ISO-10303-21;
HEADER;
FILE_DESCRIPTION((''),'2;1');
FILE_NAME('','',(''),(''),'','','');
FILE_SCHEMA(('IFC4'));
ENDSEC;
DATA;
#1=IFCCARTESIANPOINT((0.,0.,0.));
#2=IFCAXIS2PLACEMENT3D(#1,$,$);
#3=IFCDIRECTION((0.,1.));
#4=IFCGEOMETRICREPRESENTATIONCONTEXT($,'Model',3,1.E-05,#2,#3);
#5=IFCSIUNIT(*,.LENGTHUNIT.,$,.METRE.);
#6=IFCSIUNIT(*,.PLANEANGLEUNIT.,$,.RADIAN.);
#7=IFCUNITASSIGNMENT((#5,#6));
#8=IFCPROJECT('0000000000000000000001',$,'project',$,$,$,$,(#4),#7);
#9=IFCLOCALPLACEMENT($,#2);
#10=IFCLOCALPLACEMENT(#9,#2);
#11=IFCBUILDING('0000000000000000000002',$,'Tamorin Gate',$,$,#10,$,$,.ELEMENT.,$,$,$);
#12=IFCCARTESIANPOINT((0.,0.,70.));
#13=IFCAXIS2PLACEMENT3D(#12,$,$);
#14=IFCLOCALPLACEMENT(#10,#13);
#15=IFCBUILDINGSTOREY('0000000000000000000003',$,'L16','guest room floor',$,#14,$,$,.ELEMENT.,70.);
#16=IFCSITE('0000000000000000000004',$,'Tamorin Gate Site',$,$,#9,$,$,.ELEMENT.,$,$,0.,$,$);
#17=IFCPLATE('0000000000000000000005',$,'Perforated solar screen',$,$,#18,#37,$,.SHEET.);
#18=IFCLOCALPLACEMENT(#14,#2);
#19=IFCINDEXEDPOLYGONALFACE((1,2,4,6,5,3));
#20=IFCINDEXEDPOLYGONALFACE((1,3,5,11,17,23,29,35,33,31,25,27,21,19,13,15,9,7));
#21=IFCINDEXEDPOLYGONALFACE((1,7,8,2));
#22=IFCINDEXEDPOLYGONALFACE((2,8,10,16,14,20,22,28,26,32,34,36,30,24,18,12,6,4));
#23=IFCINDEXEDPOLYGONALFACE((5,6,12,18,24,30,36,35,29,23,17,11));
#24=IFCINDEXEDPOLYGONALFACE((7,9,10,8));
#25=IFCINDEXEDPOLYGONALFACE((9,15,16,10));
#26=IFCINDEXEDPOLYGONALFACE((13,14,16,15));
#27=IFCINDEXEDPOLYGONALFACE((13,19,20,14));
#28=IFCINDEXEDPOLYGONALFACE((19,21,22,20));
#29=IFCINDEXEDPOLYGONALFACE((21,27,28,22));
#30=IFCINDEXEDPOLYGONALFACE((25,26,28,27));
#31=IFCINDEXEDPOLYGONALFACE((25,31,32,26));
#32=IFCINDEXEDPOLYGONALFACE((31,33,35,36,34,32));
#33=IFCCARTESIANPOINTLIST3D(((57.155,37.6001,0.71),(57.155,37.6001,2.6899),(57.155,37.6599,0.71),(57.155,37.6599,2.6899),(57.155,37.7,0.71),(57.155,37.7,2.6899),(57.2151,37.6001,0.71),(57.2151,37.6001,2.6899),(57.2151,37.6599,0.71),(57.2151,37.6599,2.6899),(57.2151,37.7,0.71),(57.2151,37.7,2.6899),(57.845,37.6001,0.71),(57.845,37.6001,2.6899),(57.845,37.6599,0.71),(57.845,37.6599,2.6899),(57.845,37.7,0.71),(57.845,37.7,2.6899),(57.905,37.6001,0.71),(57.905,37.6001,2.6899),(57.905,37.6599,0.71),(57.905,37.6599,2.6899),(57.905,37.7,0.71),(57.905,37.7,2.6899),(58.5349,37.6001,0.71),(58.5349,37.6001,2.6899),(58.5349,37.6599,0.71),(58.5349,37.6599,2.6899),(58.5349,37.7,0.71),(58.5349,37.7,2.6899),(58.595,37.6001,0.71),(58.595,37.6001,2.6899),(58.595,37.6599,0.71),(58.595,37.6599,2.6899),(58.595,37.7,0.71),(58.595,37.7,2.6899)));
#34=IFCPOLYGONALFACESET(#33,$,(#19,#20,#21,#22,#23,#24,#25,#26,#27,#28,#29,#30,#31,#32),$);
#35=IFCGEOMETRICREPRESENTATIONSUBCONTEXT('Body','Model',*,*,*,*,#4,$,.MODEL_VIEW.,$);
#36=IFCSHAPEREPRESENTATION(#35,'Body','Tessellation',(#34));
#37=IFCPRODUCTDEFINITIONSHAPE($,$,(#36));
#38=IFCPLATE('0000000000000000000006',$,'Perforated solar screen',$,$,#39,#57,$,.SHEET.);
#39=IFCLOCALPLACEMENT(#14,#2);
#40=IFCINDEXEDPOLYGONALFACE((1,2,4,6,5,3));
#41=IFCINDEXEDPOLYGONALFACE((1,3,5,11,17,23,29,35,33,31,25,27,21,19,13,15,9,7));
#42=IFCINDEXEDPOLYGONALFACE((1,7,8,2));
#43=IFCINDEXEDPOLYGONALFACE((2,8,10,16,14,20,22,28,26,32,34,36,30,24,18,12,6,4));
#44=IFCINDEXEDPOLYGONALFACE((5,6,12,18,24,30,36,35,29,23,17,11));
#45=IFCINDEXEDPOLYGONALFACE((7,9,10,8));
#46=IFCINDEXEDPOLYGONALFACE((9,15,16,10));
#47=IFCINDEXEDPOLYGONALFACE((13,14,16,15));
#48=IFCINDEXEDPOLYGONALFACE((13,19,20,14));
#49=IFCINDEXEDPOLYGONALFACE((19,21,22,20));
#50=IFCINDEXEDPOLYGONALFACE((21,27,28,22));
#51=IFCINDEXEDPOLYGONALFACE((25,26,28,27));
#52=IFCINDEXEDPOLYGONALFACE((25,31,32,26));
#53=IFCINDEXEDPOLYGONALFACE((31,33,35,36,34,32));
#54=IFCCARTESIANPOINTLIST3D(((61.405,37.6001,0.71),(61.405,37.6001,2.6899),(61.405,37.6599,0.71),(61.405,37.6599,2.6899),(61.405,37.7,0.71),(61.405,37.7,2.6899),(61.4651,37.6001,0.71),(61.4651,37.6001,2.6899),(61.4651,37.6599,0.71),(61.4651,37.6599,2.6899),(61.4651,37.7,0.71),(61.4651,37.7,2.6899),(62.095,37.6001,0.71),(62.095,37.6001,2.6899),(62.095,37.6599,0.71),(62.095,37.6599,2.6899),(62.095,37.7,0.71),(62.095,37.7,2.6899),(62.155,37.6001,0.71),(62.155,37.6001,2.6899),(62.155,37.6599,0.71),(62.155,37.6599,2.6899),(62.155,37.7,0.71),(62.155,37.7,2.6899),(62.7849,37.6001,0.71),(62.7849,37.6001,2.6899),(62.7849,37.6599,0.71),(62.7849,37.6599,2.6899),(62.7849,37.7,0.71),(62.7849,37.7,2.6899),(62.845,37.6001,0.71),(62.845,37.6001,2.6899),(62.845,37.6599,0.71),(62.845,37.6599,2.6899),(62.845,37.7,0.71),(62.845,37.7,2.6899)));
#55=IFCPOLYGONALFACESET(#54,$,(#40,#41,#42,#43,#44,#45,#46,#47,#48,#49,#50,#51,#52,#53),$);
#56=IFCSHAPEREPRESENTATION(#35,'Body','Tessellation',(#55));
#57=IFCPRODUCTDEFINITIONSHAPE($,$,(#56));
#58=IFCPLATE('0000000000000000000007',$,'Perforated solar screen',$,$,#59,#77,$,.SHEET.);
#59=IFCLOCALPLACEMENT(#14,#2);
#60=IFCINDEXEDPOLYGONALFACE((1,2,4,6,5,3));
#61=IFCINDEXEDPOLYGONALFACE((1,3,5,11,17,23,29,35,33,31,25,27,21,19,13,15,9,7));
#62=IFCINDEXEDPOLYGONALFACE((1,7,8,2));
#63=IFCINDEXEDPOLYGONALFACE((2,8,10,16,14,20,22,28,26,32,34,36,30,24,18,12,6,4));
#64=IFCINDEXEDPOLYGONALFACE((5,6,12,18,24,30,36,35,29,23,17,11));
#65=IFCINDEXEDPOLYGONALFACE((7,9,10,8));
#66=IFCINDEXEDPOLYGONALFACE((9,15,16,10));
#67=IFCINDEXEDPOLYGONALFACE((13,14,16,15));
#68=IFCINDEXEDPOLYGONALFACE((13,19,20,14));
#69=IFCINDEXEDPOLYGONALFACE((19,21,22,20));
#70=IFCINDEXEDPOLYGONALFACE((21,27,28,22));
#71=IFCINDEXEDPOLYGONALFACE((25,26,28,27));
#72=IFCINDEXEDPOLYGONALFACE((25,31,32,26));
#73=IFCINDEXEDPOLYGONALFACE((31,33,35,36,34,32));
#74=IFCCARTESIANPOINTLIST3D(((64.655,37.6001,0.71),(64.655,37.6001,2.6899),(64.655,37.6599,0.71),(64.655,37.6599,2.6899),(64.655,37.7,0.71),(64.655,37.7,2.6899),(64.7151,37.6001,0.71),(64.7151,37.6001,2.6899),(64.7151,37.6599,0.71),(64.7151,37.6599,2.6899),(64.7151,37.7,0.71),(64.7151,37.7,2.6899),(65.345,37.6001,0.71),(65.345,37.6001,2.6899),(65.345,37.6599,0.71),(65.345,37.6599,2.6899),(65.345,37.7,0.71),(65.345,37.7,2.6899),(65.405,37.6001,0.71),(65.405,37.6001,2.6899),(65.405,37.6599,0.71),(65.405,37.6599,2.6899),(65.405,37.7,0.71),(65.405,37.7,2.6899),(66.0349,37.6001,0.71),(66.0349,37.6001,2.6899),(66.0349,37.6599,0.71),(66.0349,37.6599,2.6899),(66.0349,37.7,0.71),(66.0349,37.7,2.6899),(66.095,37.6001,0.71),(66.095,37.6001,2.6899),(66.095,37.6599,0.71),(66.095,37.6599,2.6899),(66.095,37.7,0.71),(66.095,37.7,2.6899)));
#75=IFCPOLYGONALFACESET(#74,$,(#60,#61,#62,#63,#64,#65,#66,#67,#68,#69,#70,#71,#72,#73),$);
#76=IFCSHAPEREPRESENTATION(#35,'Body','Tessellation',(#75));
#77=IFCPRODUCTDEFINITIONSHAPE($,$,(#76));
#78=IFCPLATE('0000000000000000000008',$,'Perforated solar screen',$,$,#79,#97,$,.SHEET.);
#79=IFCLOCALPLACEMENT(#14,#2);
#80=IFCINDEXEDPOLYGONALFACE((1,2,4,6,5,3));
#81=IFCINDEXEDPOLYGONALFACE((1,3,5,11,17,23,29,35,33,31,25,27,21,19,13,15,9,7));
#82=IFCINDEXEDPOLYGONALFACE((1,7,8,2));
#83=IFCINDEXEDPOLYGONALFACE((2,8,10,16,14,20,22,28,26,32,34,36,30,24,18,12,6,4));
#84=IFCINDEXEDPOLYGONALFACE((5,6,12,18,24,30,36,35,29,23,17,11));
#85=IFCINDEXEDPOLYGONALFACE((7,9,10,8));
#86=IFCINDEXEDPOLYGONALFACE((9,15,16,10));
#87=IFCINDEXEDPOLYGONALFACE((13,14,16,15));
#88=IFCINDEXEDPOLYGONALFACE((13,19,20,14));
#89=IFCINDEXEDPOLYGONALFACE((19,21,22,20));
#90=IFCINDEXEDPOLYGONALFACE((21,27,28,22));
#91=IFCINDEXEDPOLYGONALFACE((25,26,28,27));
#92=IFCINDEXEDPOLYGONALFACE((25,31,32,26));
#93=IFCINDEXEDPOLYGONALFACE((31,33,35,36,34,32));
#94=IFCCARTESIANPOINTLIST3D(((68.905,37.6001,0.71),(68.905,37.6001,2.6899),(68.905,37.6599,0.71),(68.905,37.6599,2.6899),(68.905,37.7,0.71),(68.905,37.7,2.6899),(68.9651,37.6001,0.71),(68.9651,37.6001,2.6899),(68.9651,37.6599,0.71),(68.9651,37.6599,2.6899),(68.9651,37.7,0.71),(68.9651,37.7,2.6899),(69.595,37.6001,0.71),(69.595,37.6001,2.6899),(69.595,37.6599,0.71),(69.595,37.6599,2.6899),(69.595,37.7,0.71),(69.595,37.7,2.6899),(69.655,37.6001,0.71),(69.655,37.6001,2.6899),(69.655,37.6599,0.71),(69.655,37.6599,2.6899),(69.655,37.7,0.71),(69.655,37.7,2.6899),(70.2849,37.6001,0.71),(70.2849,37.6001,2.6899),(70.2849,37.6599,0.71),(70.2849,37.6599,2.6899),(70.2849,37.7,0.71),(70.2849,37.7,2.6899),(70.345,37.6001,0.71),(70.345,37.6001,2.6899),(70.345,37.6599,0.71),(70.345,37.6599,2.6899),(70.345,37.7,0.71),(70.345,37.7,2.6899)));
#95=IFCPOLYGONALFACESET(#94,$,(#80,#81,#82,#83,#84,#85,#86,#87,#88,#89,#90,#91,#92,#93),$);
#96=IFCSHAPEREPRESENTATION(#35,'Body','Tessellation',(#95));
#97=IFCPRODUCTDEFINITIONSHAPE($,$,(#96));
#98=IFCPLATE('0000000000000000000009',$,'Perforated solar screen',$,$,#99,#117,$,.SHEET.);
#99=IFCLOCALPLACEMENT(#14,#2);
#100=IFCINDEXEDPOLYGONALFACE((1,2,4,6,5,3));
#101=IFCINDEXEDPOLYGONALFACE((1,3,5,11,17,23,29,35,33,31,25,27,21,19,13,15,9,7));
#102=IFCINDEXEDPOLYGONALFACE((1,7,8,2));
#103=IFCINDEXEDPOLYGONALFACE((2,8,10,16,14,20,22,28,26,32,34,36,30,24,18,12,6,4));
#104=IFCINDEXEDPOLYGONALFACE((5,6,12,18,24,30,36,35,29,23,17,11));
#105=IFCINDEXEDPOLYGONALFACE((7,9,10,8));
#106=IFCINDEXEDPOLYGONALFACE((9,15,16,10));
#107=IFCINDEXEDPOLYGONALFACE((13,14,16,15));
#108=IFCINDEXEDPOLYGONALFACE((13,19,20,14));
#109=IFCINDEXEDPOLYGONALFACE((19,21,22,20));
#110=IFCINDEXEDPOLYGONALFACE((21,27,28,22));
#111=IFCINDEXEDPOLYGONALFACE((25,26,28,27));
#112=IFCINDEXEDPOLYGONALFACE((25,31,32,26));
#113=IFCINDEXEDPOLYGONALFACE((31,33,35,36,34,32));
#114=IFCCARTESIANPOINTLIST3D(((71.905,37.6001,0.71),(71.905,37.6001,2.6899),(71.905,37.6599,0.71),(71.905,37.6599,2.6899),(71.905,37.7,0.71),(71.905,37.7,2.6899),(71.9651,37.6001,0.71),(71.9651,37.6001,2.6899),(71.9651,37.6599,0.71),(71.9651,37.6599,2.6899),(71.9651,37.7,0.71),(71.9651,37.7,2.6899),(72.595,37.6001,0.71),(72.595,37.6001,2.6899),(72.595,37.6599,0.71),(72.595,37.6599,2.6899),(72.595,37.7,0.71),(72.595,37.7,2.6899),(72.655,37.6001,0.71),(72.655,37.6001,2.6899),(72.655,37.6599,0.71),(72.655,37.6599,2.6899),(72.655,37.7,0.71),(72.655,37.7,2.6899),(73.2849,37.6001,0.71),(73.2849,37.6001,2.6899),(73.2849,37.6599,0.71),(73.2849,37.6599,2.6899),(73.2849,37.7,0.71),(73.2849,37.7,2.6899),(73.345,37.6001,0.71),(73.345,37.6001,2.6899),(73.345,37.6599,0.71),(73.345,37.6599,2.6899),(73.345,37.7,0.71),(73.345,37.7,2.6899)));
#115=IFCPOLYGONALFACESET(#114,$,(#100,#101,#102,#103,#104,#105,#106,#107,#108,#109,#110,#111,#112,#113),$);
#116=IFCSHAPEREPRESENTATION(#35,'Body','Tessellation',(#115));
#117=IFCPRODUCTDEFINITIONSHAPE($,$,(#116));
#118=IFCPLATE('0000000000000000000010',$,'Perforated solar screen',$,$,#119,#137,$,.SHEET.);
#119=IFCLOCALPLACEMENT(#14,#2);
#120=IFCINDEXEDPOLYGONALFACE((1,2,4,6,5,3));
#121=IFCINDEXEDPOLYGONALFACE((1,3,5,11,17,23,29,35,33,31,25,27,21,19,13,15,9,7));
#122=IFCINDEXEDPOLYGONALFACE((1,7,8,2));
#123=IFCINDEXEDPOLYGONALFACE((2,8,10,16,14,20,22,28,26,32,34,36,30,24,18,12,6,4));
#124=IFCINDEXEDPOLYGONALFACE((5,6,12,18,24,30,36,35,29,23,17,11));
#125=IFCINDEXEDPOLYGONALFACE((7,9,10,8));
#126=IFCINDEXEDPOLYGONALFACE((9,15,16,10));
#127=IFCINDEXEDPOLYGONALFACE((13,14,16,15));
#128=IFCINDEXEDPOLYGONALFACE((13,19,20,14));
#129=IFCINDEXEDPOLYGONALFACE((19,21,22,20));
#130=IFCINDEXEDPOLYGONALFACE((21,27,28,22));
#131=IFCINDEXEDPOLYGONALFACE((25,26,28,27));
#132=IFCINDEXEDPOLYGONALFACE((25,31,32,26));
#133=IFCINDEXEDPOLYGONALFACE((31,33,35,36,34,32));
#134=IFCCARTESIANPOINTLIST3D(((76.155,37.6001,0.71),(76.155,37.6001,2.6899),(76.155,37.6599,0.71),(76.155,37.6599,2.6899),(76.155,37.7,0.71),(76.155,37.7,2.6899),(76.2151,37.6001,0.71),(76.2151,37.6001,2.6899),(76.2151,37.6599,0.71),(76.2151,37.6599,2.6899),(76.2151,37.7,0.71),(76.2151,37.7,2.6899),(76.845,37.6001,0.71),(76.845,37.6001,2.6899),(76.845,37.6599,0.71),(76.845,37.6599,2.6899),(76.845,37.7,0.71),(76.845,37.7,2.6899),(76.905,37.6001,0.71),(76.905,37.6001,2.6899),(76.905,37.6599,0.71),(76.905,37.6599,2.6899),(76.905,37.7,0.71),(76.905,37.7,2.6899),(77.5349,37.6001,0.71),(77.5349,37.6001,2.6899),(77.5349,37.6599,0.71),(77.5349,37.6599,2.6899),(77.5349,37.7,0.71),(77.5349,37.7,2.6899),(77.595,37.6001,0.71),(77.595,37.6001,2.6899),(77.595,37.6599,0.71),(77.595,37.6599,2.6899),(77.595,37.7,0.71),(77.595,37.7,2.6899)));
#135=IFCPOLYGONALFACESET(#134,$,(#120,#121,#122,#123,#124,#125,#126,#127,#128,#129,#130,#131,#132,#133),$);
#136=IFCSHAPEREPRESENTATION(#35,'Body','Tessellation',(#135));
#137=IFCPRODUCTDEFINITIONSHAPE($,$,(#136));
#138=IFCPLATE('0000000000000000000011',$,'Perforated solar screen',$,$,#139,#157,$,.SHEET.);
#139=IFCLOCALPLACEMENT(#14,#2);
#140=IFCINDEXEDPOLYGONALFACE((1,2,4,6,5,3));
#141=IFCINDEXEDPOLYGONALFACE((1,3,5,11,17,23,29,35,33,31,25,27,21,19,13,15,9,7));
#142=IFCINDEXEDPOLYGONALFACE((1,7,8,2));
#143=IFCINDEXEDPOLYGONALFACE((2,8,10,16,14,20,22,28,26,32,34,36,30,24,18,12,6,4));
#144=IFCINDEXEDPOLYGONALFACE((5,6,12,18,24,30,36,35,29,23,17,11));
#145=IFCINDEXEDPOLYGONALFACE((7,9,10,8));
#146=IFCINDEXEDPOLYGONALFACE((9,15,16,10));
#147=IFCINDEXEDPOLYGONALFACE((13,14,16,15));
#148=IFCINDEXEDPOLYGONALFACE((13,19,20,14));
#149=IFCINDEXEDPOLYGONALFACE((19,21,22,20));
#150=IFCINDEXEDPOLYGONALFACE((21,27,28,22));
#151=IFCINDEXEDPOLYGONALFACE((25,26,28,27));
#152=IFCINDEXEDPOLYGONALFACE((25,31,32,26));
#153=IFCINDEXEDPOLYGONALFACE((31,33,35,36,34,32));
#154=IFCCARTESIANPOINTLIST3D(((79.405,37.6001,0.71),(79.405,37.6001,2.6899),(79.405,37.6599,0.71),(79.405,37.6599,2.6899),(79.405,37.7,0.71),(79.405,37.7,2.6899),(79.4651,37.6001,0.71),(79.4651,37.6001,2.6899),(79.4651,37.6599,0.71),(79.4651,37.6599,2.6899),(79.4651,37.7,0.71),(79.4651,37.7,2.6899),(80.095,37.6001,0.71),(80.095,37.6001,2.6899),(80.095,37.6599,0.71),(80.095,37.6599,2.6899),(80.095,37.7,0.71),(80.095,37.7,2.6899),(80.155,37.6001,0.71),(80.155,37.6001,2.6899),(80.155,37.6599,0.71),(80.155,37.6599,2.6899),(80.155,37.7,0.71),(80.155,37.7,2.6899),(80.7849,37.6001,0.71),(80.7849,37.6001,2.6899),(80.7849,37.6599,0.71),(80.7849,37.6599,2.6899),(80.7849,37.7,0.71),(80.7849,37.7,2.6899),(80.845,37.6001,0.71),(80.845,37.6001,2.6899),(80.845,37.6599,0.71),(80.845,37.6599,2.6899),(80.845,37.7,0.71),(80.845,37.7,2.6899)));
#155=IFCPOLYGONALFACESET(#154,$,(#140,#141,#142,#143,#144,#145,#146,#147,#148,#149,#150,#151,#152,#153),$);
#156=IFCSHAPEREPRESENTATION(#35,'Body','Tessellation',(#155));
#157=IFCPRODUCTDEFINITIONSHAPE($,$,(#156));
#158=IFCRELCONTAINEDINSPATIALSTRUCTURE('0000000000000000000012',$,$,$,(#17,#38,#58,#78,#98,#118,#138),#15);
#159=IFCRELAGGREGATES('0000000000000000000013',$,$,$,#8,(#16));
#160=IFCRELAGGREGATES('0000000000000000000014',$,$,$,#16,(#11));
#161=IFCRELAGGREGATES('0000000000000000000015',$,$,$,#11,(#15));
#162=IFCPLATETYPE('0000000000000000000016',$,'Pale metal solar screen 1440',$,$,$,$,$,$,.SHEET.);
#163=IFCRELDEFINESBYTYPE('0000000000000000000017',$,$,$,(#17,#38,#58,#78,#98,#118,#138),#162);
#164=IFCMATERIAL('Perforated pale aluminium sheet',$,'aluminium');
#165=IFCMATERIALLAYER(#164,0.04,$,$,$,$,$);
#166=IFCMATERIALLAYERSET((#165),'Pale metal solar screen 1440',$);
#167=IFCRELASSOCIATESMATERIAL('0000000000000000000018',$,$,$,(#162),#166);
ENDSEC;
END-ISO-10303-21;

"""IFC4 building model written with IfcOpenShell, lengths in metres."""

from ifc_helpers import new_model, si_unit, direction, frame, origin, place, context, subcontext, project, spatial, polyline, outline, extrude, material, layer, layer_set, type_object, element, save


model = new_model("IFC4")

# Units and contexts
model_context = context("Model", 3, precision=1e-05, world=origin(), true_north=direction((0.0, 1.0)))
body_context = subcontext(model_context, "Body", "Model", "MODEL_VIEW")
ifc_project = project(units=[si_unit("LENGTHUNIT", "METRE"), si_unit("PLANEANGLEUNIT", "RADIAN")], contexts=[model_context])

# Site, building, storey
site_placement = place(None, origin())
site = spatial("IfcSite", under=ifc_project, at=site_placement, Name="Tamorin Gate Site", CompositionType="ELEMENT", RefElevation=0.0)
building_placement = place(site_placement, origin())
building = spatial("IfcBuilding", under=site, at=building_placement, Name="Tamorin Gate", CompositionType="ELEMENT")
storey_placement = place(building_placement, frame((0.0, 0.0, 70.0)))
storey = spatial("IfcBuildingStorey", under=building, at=storey_placement, Name="L16", Description="guest room floor", CompositionType="ELEMENT", Elevation=70.0)

# Plates
ifc_material_1 = material(Name="Perforated pale aluminium sheet", Category="aluminium")
ifc_layer_1 = layer(ifc_material_1, 0.04)
ifc_layer_set_1 = layer_set([ifc_layer_1], Name="Pale metal solar screen 1440")
plate_type = type_object("IfcPlateType", Name="Pale metal solar screen 1440", PredefinedType="SHEET", material=ifc_layer_set_1)
plate_1_placement = place(storey_placement, frame((0.0, 0.0, 0.71)))
element("IfcPlate", 1, at=plate_1_placement, inside=storey, type_object=plate_type, Name="Perforated solar screen", PredefinedType="SHEET", context=body_context, shape_type="SweptSolid", body=[
    extrude(outline(polyline([(57.155, 37.6599), (57.155, 37.7), (57.2151, 37.7), (57.845, 37.7), (57.905, 37.7), (58.5349, 37.7), (58.595, 37.7), (58.595, 37.6599), (58.595, 37.6001), (58.5349, 37.6001), (58.5349, 37.6599), (57.905, 37.6599), (57.905, 37.6001), (57.845, 37.6001), (57.845, 37.6599), (57.2151, 37.6599), (57.2151, 37.6001), (57.155, 37.6001), (57.155, 37.6599)])), origin(), (0.0, 0.0, 1.0), 1.98),
])
plate_2_placement = place(storey_placement, frame((0.0, 0.0, 0.71)))
element("IfcPlate", 2, at=plate_2_placement, inside=storey, type_object=plate_type, Name="Perforated solar screen", PredefinedType="SHEET", context=body_context, shape_type="SweptSolid", body=[
    extrude(outline(polyline([(61.405, 37.6599), (61.405, 37.7), (61.4651, 37.7), (62.095, 37.7), (62.155, 37.7), (62.7849, 37.7), (62.845, 37.7), (62.845, 37.6599), (62.845, 37.6001), (62.7849, 37.6001), (62.7849, 37.6599), (62.155, 37.6599), (62.155, 37.6001), (62.095, 37.6001), (62.095, 37.6599), (61.4651, 37.6599), (61.4651, 37.6001), (61.405, 37.6001), (61.405, 37.6599)])), origin(), (0.0, 0.0, 1.0), 1.98),
])
plate_3_placement = place(storey_placement, frame((0.0, 0.0, 0.71)))
element("IfcPlate", 3, at=plate_3_placement, inside=storey, type_object=plate_type, Name="Perforated solar screen", PredefinedType="SHEET", context=body_context, shape_type="SweptSolid", body=[
    extrude(outline(polyline([(64.655, 37.6599), (64.655, 37.7), (64.7151, 37.7), (65.345, 37.7), (65.405, 37.7), (66.0349, 37.7), (66.095, 37.7), (66.095, 37.6599), (66.095, 37.6001), (66.0349, 37.6001), (66.0349, 37.6599), (65.405, 37.6599), (65.405, 37.6001), (65.345, 37.6001), (65.345, 37.6599), (64.7151, 37.6599), (64.7151, 37.6001), (64.655, 37.6001), (64.655, 37.6599)])), origin(), (0.0, 0.0, 1.0), 1.98),
])
plate_4_placement = place(storey_placement, frame((0.0, 0.0, 0.71)))
element("IfcPlate", 4, at=plate_4_placement, inside=storey, type_object=plate_type, Name="Perforated solar screen", PredefinedType="SHEET", context=body_context, shape_type="SweptSolid", body=[
    extrude(outline(polyline([(68.905, 37.6599), (68.905, 37.7), (68.9651, 37.7), (69.595, 37.7), (69.655, 37.7), (70.2849, 37.7), (70.345, 37.7), (70.345, 37.6599), (70.345, 37.6001), (70.2849, 37.6001), (70.2849, 37.6599), (69.655, 37.6599), (69.655, 37.6001), (69.595, 37.6001), (69.595, 37.6599), (68.9651, 37.6599), (68.9651, 37.6001), (68.905, 37.6001), (68.905, 37.6599)])), origin(), (0.0, 0.0, 1.0), 1.98),
])
plate_5_placement = place(storey_placement, frame((0.0, 0.0, 0.71)))
element("IfcPlate", 5, at=plate_5_placement, inside=storey, type_object=plate_type, Name="Perforated solar screen", PredefinedType="SHEET", context=body_context, shape_type="SweptSolid", body=[
    extrude(outline(polyline([(71.905, 37.6599), (71.905, 37.7), (71.9651, 37.7), (72.595, 37.7), (72.655, 37.7), (73.2849, 37.7), (73.345, 37.7), (73.345, 37.6599), (73.345, 37.6001), (73.2849, 37.6001), (73.2849, 37.6599), (72.655, 37.6599), (72.655, 37.6001), (72.595, 37.6001), (72.595, 37.6599), (71.9651, 37.6599), (71.9651, 37.6001), (71.905, 37.6001), (71.905, 37.6599)])), origin(), (0.0, 0.0, 1.0), 1.98),
])
plate_6_placement = place(storey_placement, frame((0.0, 0.0, 0.71)))
element("IfcPlate", 6, at=plate_6_placement, inside=storey, type_object=plate_type, Name="Perforated solar screen", PredefinedType="SHEET", context=body_context, shape_type="SweptSolid", body=[
    extrude(outline(polyline([(76.155, 37.6599), (76.155, 37.7), (76.2151, 37.7), (76.845, 37.7), (76.905, 37.7), (77.5349, 37.7), (77.595, 37.7), (77.595, 37.6599), (77.595, 37.6001), (77.5349, 37.6001), (77.5349, 37.6599), (76.905, 37.6599), (76.905, 37.6001), (76.845, 37.6001), (76.845, 37.6599), (76.2151, 37.6599), (76.2151, 37.6001), (76.155, 37.6001), (76.155, 37.6599)])), origin(), (0.0, 0.0, 1.0), 1.98),
])
plate_7_placement = place(storey_placement, frame((0.0, 0.0, 0.71)))
element("IfcPlate", 7, at=plate_7_placement, inside=storey, type_object=plate_type, Name="Perforated solar screen", PredefinedType="SHEET", context=body_context, shape_type="SweptSolid", body=[
    extrude(outline(polyline([(79.405, 37.6599), (79.405, 37.7), (79.4651, 37.7), (80.095, 37.7), (80.155, 37.7), (80.7849, 37.7), (80.845, 37.7), (80.845, 37.6599), (80.845, 37.6001), (80.7849, 37.6001), (80.7849, 37.6599), (80.155, 37.6599), (80.155, 37.6001), (80.095, 37.6001), (80.095, 37.6599), (79.4651, 37.6599), (79.4651, 37.6001), (79.405, 37.6001), (79.405, 37.6599)])), origin(), (0.0, 0.0, 1.0), 1.98),
])

save(model, "model.ifc")
